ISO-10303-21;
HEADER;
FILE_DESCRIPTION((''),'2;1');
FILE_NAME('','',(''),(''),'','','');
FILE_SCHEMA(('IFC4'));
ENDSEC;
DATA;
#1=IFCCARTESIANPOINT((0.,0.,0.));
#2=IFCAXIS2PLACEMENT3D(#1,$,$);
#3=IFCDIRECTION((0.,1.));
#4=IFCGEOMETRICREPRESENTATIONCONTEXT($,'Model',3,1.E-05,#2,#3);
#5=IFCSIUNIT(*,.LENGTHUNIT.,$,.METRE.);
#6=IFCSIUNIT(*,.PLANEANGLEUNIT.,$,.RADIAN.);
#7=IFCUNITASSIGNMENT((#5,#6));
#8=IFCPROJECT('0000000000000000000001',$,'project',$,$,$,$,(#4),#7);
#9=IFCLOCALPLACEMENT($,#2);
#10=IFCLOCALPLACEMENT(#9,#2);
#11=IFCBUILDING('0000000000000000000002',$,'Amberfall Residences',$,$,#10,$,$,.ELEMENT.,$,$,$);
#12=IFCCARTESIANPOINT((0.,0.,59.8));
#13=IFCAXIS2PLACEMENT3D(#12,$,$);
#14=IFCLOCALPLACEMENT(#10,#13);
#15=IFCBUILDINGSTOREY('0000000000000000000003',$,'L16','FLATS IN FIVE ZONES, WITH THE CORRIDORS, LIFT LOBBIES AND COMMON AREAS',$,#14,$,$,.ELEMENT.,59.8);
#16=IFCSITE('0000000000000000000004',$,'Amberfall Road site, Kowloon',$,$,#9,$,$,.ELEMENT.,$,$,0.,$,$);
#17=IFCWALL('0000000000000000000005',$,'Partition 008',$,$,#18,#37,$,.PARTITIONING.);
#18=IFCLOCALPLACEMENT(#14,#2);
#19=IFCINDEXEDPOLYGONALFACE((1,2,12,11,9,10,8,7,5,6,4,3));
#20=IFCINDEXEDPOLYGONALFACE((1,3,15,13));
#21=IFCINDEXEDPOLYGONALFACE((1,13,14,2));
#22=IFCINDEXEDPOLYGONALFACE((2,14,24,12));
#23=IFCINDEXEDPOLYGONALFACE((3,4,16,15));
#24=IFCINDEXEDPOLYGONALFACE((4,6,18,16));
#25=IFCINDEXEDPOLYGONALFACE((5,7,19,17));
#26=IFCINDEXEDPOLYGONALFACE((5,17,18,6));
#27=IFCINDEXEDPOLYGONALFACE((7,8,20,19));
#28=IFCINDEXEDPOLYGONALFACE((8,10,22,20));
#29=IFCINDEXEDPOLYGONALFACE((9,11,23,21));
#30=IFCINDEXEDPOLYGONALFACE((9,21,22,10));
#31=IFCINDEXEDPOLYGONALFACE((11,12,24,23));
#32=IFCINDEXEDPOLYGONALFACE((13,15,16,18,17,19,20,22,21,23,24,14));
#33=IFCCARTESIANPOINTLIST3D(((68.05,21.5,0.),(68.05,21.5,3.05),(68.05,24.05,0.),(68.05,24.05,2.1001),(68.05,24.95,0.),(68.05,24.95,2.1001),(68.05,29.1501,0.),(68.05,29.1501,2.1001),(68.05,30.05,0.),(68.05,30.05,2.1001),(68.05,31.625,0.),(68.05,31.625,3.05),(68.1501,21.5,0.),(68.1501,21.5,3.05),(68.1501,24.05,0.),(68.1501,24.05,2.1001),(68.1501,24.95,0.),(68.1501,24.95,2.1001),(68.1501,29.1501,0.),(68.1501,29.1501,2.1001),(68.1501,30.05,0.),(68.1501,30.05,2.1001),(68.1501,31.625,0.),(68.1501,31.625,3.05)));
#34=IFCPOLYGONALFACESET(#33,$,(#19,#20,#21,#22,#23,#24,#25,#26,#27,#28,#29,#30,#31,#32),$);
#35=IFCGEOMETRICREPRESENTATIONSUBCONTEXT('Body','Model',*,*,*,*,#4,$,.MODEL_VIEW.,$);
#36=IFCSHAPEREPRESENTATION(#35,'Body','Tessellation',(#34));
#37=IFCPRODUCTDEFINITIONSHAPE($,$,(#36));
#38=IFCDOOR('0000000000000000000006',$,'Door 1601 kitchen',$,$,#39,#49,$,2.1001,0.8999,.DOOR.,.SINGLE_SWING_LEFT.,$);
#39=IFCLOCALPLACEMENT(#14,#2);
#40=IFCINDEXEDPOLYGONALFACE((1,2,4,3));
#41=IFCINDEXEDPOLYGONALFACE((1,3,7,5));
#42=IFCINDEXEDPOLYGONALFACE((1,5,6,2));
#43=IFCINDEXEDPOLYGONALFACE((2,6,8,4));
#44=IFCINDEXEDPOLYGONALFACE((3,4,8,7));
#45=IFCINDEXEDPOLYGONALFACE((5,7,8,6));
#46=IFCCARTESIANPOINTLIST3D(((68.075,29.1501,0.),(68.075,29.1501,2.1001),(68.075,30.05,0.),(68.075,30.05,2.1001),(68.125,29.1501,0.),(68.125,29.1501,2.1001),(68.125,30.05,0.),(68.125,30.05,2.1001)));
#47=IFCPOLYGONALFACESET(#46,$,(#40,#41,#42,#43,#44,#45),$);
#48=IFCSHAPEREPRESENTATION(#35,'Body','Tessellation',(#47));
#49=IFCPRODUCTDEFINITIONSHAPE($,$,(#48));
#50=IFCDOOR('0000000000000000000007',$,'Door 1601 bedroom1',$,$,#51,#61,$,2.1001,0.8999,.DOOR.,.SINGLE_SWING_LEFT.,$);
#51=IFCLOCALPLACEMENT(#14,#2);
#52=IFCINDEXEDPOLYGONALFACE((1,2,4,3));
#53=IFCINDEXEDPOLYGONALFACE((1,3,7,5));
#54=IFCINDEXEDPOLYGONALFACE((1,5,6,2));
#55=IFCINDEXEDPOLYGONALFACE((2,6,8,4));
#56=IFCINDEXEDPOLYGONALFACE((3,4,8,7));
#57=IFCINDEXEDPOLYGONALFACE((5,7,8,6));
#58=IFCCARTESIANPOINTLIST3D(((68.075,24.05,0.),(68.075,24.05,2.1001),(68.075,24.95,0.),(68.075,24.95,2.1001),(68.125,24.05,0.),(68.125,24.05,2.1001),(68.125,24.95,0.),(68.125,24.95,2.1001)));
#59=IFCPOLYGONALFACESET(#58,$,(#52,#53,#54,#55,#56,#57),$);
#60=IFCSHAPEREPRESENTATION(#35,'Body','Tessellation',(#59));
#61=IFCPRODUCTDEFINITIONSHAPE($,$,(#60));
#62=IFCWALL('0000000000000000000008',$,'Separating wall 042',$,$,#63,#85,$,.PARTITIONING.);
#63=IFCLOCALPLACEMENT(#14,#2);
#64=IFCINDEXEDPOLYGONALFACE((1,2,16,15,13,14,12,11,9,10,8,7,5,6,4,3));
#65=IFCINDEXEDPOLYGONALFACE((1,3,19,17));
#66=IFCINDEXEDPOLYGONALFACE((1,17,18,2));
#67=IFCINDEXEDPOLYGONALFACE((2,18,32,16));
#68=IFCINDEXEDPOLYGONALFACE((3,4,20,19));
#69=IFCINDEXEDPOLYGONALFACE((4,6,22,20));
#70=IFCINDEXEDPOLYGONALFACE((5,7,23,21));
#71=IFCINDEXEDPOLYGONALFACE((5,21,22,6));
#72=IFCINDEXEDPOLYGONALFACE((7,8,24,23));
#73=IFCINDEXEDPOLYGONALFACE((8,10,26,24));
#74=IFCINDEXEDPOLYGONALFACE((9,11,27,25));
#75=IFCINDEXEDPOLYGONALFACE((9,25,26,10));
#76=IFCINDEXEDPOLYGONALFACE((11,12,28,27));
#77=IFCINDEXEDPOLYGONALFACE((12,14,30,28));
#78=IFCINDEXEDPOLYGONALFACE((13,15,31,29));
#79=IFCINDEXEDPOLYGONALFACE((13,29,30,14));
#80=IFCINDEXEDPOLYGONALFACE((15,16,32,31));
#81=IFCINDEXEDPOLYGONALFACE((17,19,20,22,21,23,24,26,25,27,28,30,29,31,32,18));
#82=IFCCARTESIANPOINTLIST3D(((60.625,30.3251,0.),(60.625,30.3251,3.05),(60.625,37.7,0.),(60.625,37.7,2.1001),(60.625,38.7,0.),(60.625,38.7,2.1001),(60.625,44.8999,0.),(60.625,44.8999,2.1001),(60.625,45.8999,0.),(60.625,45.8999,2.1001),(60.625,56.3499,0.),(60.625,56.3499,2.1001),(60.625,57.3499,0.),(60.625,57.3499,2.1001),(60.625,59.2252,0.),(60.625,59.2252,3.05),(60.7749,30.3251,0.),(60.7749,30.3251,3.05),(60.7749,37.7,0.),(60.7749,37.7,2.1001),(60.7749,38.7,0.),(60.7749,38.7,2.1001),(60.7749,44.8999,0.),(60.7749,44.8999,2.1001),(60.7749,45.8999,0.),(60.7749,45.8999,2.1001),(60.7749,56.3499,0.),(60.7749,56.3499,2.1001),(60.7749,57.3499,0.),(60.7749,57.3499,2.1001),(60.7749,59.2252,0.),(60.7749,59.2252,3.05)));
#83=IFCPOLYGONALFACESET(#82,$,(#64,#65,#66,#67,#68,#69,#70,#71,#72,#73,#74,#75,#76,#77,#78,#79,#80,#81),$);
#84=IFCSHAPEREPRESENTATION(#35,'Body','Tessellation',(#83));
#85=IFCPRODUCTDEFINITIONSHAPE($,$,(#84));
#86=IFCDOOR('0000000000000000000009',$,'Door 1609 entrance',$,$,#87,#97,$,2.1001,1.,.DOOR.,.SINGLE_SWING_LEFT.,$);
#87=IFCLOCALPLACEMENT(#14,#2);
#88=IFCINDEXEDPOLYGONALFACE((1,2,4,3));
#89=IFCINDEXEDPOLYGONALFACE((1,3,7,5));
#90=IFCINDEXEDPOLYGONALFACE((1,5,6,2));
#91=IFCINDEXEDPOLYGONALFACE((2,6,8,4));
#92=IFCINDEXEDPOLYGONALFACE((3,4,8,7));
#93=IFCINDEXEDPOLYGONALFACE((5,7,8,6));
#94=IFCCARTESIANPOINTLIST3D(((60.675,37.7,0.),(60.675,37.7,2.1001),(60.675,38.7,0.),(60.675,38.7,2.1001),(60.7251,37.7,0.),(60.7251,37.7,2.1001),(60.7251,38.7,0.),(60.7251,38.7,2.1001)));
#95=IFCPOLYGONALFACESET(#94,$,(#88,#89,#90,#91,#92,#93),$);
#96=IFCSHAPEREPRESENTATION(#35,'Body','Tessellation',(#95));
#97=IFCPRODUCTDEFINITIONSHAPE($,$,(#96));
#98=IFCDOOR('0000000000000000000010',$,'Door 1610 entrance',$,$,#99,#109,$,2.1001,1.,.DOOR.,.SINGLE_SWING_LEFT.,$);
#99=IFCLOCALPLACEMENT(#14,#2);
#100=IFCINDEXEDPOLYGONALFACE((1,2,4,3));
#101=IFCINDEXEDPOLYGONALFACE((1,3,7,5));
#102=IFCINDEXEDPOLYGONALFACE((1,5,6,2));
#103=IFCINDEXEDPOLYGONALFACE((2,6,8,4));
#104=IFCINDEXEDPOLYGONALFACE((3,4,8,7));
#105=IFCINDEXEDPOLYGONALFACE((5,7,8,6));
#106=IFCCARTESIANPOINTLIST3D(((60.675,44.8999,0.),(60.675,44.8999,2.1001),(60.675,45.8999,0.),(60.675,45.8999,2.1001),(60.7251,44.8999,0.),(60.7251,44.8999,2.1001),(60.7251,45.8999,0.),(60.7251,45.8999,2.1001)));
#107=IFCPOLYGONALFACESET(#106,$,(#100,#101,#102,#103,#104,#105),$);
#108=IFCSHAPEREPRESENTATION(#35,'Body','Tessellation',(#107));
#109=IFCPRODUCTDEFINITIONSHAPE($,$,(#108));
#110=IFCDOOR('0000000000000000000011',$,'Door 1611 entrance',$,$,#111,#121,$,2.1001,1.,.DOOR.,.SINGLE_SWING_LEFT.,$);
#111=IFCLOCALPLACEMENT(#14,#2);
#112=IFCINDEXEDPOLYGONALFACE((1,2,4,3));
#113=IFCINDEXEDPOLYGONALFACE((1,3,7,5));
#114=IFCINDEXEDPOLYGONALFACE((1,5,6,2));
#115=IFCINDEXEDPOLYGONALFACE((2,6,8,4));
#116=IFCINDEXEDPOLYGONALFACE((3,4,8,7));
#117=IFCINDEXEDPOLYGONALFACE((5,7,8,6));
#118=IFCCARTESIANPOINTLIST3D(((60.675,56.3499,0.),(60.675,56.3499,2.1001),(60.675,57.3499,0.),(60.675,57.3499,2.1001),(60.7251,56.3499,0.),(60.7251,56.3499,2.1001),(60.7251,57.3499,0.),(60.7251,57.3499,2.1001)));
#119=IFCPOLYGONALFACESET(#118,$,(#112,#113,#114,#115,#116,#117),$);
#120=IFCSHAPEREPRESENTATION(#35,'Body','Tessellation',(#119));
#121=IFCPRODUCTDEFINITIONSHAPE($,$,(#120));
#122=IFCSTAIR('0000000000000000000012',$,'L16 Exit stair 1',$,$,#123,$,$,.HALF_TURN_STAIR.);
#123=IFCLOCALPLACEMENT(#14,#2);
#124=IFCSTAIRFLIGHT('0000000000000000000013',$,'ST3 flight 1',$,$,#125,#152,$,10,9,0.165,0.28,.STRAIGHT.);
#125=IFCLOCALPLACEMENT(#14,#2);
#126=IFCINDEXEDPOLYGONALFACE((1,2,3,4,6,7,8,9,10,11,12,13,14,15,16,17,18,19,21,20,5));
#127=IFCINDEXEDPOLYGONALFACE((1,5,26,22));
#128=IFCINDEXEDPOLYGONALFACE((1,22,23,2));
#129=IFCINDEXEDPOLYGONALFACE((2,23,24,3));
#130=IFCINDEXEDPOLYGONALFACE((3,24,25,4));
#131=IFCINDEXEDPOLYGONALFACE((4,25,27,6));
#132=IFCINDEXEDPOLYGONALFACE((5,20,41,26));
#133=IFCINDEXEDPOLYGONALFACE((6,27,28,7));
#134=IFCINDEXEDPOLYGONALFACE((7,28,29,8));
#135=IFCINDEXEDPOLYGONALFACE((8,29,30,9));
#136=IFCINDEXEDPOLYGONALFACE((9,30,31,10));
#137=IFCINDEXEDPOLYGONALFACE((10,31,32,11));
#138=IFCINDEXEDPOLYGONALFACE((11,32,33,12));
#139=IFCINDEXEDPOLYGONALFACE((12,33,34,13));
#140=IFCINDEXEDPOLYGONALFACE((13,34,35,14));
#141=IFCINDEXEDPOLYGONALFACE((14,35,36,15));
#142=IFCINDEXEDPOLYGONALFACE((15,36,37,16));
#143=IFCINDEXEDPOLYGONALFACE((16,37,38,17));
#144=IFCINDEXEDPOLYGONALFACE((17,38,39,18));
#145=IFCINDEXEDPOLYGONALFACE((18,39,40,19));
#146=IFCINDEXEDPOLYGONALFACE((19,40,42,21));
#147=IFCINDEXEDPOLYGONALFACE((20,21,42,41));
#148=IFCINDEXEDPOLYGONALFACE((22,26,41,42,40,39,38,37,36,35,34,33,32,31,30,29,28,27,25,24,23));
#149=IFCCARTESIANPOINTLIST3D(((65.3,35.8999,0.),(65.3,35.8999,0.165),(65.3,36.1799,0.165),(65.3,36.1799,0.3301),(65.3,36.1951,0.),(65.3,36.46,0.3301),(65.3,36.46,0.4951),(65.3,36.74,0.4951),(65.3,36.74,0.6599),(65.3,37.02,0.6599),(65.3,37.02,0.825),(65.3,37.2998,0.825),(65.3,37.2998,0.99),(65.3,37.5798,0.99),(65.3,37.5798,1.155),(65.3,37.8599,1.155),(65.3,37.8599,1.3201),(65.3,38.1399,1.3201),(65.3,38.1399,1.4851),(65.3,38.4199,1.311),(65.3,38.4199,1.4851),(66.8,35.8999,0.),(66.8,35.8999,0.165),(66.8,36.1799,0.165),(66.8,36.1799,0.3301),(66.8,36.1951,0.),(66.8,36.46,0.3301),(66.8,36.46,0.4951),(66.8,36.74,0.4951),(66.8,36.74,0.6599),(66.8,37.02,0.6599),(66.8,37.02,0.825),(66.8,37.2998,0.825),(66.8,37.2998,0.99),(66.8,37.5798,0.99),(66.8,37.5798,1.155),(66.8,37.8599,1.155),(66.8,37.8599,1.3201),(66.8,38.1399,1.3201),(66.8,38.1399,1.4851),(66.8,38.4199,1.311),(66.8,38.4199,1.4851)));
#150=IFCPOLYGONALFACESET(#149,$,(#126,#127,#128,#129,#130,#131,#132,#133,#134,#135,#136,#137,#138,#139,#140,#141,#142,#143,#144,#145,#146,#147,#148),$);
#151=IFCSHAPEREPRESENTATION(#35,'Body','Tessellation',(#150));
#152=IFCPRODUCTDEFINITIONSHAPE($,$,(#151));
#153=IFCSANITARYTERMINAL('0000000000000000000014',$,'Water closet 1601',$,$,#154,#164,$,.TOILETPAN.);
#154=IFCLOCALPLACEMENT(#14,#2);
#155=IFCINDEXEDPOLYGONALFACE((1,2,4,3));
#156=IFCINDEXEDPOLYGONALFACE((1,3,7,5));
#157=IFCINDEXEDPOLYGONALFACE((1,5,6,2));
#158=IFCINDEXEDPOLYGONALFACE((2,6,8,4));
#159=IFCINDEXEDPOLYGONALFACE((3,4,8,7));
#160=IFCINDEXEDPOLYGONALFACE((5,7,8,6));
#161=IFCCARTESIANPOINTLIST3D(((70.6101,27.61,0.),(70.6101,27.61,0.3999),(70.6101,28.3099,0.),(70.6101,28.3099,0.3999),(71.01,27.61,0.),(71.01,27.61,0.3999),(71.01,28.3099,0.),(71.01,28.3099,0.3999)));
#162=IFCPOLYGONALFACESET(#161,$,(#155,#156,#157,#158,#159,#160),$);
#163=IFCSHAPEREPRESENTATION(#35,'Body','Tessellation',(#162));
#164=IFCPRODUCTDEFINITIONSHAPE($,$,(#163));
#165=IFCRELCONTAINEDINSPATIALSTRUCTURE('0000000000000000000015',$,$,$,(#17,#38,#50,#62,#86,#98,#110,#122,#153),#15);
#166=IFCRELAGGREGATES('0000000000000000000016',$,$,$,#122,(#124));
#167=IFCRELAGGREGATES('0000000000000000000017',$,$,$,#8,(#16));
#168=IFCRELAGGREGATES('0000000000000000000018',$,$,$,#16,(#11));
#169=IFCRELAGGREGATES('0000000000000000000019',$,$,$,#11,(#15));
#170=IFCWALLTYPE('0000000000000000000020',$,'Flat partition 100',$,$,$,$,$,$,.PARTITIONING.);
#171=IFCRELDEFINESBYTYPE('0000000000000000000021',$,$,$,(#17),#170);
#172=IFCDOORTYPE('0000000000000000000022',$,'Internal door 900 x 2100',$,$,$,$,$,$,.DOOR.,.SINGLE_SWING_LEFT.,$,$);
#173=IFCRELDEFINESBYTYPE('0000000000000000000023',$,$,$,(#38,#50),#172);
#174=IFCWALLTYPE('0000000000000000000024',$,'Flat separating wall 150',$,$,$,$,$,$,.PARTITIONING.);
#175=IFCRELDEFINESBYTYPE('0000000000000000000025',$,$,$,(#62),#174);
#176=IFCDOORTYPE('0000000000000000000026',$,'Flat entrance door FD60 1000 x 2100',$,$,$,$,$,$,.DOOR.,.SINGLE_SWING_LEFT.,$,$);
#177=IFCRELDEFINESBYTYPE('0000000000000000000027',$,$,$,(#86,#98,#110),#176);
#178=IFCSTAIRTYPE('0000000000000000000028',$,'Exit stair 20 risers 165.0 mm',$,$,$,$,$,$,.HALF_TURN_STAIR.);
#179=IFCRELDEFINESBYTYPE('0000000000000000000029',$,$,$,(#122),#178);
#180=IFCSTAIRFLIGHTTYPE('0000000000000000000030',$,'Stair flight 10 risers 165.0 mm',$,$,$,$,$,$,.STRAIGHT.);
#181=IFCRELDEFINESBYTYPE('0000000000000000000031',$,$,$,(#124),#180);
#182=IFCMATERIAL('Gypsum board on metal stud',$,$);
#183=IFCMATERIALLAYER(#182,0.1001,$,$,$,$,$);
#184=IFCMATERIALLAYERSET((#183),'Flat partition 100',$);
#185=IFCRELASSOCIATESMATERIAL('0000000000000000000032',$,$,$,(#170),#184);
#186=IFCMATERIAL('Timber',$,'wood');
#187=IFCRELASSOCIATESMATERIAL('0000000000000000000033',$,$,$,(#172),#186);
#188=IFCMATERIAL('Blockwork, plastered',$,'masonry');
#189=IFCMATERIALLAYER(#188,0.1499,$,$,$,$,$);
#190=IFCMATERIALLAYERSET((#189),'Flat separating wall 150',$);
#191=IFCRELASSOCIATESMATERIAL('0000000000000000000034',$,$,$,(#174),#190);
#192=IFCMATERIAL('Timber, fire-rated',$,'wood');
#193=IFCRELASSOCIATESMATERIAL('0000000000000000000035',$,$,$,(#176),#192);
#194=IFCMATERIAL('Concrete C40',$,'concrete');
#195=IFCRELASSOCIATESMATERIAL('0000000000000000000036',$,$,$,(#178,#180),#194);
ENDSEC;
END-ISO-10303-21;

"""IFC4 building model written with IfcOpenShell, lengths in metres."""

from ifc_helpers import new_model, si_unit, direction, frame, frame_2d, origin, origin_2d, place, context, subcontext, project, spatial, polyline, rectangle, outline, extrude, material, layer, layer_set, type_object, element, fill, aggregate, save


model = new_model("IFC4")

# Units and contexts
model_context = context("Model", 3, precision=1e-05, world=origin(), true_north=direction((0.0, 1.0)))
body_context = subcontext(model_context, "Body", "Model", "MODEL_VIEW")
ifc_project = project(units=[si_unit("LENGTHUNIT", "METRE"), si_unit("PLANEANGLEUNIT", "RADIAN")], contexts=[model_context])

# Site, building, storey
site_placement = place(None, origin())
site = spatial("IfcSite", under=ifc_project, at=site_placement, Name="Amberfall Road site, Kowloon", CompositionType="ELEMENT", RefElevation=0.0)
building_placement = place(site_placement, origin())
building = spatial("IfcBuilding", under=site, at=building_placement, Name="Amberfall Residences", CompositionType="ELEMENT")
storey_placement = place(building_placement, frame((0.0, 0.0, 59.8)))
storey = spatial("IfcBuildingStorey", under=building, at=storey_placement, Name="L16", Description="FLATS IN FIVE ZONES, WITH THE CORRIDORS, LIFT LOBBIES AND COMMON AREAS", CompositionType="ELEMENT", Elevation=59.8)

# Walls, openings, doors
ifc_material_1 = material(Name="Gypsum board on metal stud")
ifc_layer_1 = layer(ifc_material_1, 0.1001)
ifc_layer_set_1 = layer_set([ifc_layer_1], Name="Flat partition 100")
wall_type_1 = type_object("IfcWallType", Name="Flat partition 100", PredefinedType="PARTITIONING", material=ifc_layer_set_1)
wall_1_placement = place(storey_placement, frame((68.1001, 31.625, 0.0), z_axis=(0.0, 0.0, 1.0), x_axis=(0.0, -1.0, 0.0)))
wall_1 = element("IfcWall", 1, at=wall_1_placement, inside=storey, type_object=wall_type_1, Name="Partition 008", PredefinedType="PARTITIONING", context=body_context, shape_type="SweptSolid", body=[
    extrude(rectangle(XDim=10.125, YDim=0.1001, at=frame_2d((5.0625, 0.0))), origin(), (0.0, 0.0, 1.0), 3.05),
])
opening_1_placement = place(wall_1_placement, frame((1.575, 0.0, 0.0)))
opening_1 = element("IfcOpeningElement", 2, at=opening_1_placement, cuts=wall_1, PredefinedType="OPENING", context=body_context, shape_type="SweptSolid", body=[
    extrude(rectangle(XDim=0.8999, YDim=2.1001, at=frame_2d((0.45, 1.05))), frame((0.0, 0.0601, 0.0), z_axis=(0.0, -1.0, 0.0), x_axis=(1.0, 0.0, 0.0)), (0.0, 0.0, 1.0), 0.1201),
])
opening_2_placement = place(wall_1_placement, frame((6.675, 0.0, 0.0)))
opening_2 = element("IfcOpeningElement", 3, at=opening_2_placement, cuts=wall_1, PredefinedType="OPENING", context=body_context, shape_type="SweptSolid", body=[
    extrude(rectangle(XDim=0.8999, YDim=2.1001, at=frame_2d((0.45, 1.05))), frame((0.0, 0.0601, 0.0), z_axis=(0.0, -1.0, 0.0), x_axis=(1.0, 0.0, 0.0)), (0.0, 0.0, 1.0), 0.1201),
])
ifc_material_2 = material(Name="Timber", Category="wood")
door_type_1 = type_object("IfcDoorType", Name="Internal door 900 x 2100", OperationType="SINGLE_SWING_LEFT", PredefinedType="DOOR", material=ifc_material_2)
door_1_placement = place(opening_1_placement, origin())
door_1 = element("IfcDoor", 4, at=door_1_placement, inside=storey, type_object=door_type_1, Name="Door 1601 kitchen", OperationType="SINGLE_SWING_LEFT", OverallHeight=2.1001, OverallWidth=0.8999, PredefinedType="DOOR", context=body_context, shape_type="SweptSolid", body=[
    extrude(rectangle(XDim=0.8999, YDim=2.1001, at=frame_2d((0.45, 1.05))), frame((0.0, 0.0249, 0.0), z_axis=(0.0, -1.0, 0.0), x_axis=(1.0, 0.0, 0.0)), (0.0, 0.0, 1.0), 0.05),
])
fill(opening_1, door_1)
door_2_placement = place(opening_2_placement, origin())
door_2 = element("IfcDoor", 5, at=door_2_placement, inside=storey, type_object=door_type_1, Name="Door 1601 bedroom1", OperationType="SINGLE_SWING_LEFT", OverallHeight=2.1001, OverallWidth=0.8999, PredefinedType="DOOR", context=body_context, shape_type="SweptSolid", body=[
    extrude(rectangle(XDim=0.8999, YDim=2.1001, at=frame_2d((0.45, 1.05))), frame((0.0, 0.0249, 0.0), z_axis=(0.0, -1.0, 0.0), x_axis=(1.0, 0.0, 0.0)), (0.0, 0.0, 1.0), 0.05),
])
fill(opening_2, door_2)
ifc_material_3 = material(Name="Blockwork, plastered", Category="masonry")
ifc_layer_2 = layer(ifc_material_3, 0.1499)
ifc_layer_set_2 = layer_set([ifc_layer_2], Name="Flat separating wall 150")
wall_type_2 = type_object("IfcWallType", Name="Flat separating wall 150", PredefinedType="PARTITIONING", material=ifc_layer_set_2)
wall_2_placement = place(storey_placement, frame((60.7, 30.325, 0.0), z_axis=(0.0, 0.0, 1.0), x_axis=(0.0, 1.0, 0.0)))
wall_2 = element("IfcWall", 6, at=wall_2_placement, inside=storey, type_object=wall_type_2, Name="Separating wall 042", PredefinedType="PARTITIONING", context=body_context, shape_type="SweptSolid", body=[
    extrude(rectangle(XDim=28.9001, YDim=0.1499, at=frame_2d((14.4502, 0.0))), origin(), (0.0, 0.0, 1.0), 3.05),
])
opening_3_placement = place(wall_2_placement, frame((7.375, 0.0, 0.0)))
opening_3 = element("IfcOpeningElement", 7, at=opening_3_placement, cuts=wall_2, PredefinedType="OPENING", context=body_context, shape_type="SweptSolid", body=[
    extrude(rectangle(XDim=1.0, YDim=2.1001, at=frame_2d((0.5, 1.05))), frame((0.0, 0.085, 0.0), z_axis=(0.0, -1.0, 0.0), x_axis=(1.0, 0.0, 0.0)), (0.0, 0.0, 1.0), 0.1699),
])
opening_4_placement = place(wall_2_placement, frame((14.575, 0.0, 0.0)))
opening_4 = element("IfcOpeningElement", 8, at=opening_4_placement, cuts=wall_2, PredefinedType="OPENING", context=body_context, shape_type="SweptSolid", body=[
    extrude(rectangle(XDim=1.0, YDim=2.1001, at=frame_2d((0.5, 1.05))), frame((0.0, 0.085, 0.0), z_axis=(0.0, -1.0, 0.0), x_axis=(1.0, 0.0, 0.0)), (0.0, 0.0, 1.0), 0.1699),
])
opening_5_placement = place(wall_2_placement, frame((26.0249, 0.0, 0.0)))
opening_5 = element("IfcOpeningElement", 9, at=opening_5_placement, cuts=wall_2, PredefinedType="OPENING", context=body_context, shape_type="SweptSolid", body=[
    extrude(rectangle(XDim=1.0, YDim=2.1001, at=frame_2d((0.5, 1.05))), frame((0.0, 0.085, 0.0), z_axis=(0.0, -1.0, 0.0), x_axis=(1.0, 0.0, 0.0)), (0.0, 0.0, 1.0), 0.1699),
])
ifc_material_4 = material(Name="Timber, fire-rated", Category="wood")
door_type_2 = type_object("IfcDoorType", Name="Flat entrance door FD60 1000 x 2100", OperationType="SINGLE_SWING_LEFT", PredefinedType="DOOR", material=ifc_material_4)
door_3_placement = place(opening_3_placement, origin())
door_3 = element("IfcDoor", 10, at=door_3_placement, inside=storey, type_object=door_type_2, Name="Door 1609 entrance", OperationType="SINGLE_SWING_LEFT", OverallHeight=2.1001, OverallWidth=1.0, PredefinedType="DOOR", context=body_context, shape_type="SweptSolid", body=[
    extrude(rectangle(XDim=1.0, YDim=2.1001, at=frame_2d((0.5, 1.05))), frame((0.0, 0.0249, 0.0), z_axis=(0.0, -1.0, 0.0), x_axis=(1.0, 0.0, 0.0)), (0.0, 0.0, 1.0), 0.05),
])
fill(opening_3, door_3)
door_4_placement = place(opening_4_placement, origin())
door_4 = element("IfcDoor", 11, at=door_4_placement, inside=storey, type_object=door_type_2, Name="Door 1610 entrance", OperationType="SINGLE_SWING_LEFT", OverallHeight=2.1001, OverallWidth=1.0, PredefinedType="DOOR", context=body_context, shape_type="SweptSolid", body=[
    extrude(rectangle(XDim=1.0, YDim=2.1001, at=frame_2d((0.5, 1.05))), frame((0.0, 0.0249, 0.0), z_axis=(0.0, -1.0, 0.0), x_axis=(1.0, 0.0, 0.0)), (0.0, 0.0, 1.0), 0.05),
])
fill(opening_4, door_4)
door_5_placement = place(opening_5_placement, origin())
door_5 = element("IfcDoor", 12, at=door_5_placement, inside=storey, type_object=door_type_2, Name="Door 1611 entrance", OperationType="SINGLE_SWING_LEFT", OverallHeight=2.1001, OverallWidth=1.0, PredefinedType="DOOR", context=body_context, shape_type="SweptSolid", body=[
    extrude(rectangle(XDim=1.0, YDim=2.1001, at=frame_2d((0.5, 1.05))), frame((0.0, 0.0249, 0.0), z_axis=(0.0, -1.0, 0.0), x_axis=(1.0, 0.0, 0.0)), (0.0, 0.0, 1.0), 0.05),
])
fill(opening_5, door_5)

# Stair, stair flight
ifc_material_5 = material(Name="Concrete C40", Category="concrete")
stair_type = type_object("IfcStairType", Name="Exit stair 20 risers 165.0 mm", PredefinedType="HALF_TURN_STAIR", material=ifc_material_5)
stair_placement = place(storey_placement, origin())
stair = element("IfcStair", 13, at=stair_placement, inside=storey, type_object=stair_type, Name="L16 Exit stair 1", PredefinedType="HALF_TURN_STAIR")
stair_flight_type = type_object("IfcStairFlightType", Name="Stair flight 10 risers 165.0 mm", PredefinedType="STRAIGHT", material=ifc_material_5)
stair_flight_placement = place(storey_placement, frame((66.05, 35.8999, 0.0), z_axis=(0.0, 0.0, 1.0), x_axis=(0.0, 1.0, 0.0)))
stair_flight = element("IfcStairFlight", 14, at=stair_flight_placement, type_object=stair_flight_type, Name="ST3 flight 1", NumberOfRisers=10, NumberOfTreads=9, PredefinedType="STRAIGHT", RiserHeight=0.165, TreadLength=0.28, context=body_context, shape_type="SweptSolid", body=[
    extrude(outline(polyline([(0.0, 0.0), (0.0, 0.165), (0.28, 0.165), (0.28, 0.3301), (0.5601, 0.3301), (0.5601, 0.4951), (0.8401, 0.4951), (0.8401, 0.6599), (1.1201, 0.6599), (1.1201, 0.825), (1.3999, 0.825), (1.3999, 0.99), (1.6799, 0.99), (1.6799, 1.155), (1.96, 1.155), (1.96, 1.3201), (2.24, 1.3201), (2.24, 1.4851), (2.52, 1.4851), (2.52, 1.6499), (2.52, 1.311), (0.2952, 0.0), (0.0, 0.0)])), frame((0.0, 0.75, 0.0), z_axis=(0.0, -1.0, 0.0), x_axis=(1.0, 0.0, 0.0)), (0.0, 0.0, 1.0), 1.5),
])
aggregate(stair, [stair_flight])

# Sanitary terminal
sanitary_terminal_placement = place(storey_placement, frame((70.8101, 27.96, 0.0), z_axis=(0.0, 0.0, 1.0), x_axis=(1.0, 0.0, 0.0)))
element("IfcSanitaryTerminal", 15, at=sanitary_terminal_placement, inside=storey, Name="Water closet 1601", PredefinedType="TOILETPAN", context=body_context, shape_type="SweptSolid", body=[
    extrude(rectangle(XDim=0.3999, YDim=0.7, at=origin_2d()), origin(), (0.0, 0.0, 1.0), 0.3999),
])

save(model, "model.ifc")
